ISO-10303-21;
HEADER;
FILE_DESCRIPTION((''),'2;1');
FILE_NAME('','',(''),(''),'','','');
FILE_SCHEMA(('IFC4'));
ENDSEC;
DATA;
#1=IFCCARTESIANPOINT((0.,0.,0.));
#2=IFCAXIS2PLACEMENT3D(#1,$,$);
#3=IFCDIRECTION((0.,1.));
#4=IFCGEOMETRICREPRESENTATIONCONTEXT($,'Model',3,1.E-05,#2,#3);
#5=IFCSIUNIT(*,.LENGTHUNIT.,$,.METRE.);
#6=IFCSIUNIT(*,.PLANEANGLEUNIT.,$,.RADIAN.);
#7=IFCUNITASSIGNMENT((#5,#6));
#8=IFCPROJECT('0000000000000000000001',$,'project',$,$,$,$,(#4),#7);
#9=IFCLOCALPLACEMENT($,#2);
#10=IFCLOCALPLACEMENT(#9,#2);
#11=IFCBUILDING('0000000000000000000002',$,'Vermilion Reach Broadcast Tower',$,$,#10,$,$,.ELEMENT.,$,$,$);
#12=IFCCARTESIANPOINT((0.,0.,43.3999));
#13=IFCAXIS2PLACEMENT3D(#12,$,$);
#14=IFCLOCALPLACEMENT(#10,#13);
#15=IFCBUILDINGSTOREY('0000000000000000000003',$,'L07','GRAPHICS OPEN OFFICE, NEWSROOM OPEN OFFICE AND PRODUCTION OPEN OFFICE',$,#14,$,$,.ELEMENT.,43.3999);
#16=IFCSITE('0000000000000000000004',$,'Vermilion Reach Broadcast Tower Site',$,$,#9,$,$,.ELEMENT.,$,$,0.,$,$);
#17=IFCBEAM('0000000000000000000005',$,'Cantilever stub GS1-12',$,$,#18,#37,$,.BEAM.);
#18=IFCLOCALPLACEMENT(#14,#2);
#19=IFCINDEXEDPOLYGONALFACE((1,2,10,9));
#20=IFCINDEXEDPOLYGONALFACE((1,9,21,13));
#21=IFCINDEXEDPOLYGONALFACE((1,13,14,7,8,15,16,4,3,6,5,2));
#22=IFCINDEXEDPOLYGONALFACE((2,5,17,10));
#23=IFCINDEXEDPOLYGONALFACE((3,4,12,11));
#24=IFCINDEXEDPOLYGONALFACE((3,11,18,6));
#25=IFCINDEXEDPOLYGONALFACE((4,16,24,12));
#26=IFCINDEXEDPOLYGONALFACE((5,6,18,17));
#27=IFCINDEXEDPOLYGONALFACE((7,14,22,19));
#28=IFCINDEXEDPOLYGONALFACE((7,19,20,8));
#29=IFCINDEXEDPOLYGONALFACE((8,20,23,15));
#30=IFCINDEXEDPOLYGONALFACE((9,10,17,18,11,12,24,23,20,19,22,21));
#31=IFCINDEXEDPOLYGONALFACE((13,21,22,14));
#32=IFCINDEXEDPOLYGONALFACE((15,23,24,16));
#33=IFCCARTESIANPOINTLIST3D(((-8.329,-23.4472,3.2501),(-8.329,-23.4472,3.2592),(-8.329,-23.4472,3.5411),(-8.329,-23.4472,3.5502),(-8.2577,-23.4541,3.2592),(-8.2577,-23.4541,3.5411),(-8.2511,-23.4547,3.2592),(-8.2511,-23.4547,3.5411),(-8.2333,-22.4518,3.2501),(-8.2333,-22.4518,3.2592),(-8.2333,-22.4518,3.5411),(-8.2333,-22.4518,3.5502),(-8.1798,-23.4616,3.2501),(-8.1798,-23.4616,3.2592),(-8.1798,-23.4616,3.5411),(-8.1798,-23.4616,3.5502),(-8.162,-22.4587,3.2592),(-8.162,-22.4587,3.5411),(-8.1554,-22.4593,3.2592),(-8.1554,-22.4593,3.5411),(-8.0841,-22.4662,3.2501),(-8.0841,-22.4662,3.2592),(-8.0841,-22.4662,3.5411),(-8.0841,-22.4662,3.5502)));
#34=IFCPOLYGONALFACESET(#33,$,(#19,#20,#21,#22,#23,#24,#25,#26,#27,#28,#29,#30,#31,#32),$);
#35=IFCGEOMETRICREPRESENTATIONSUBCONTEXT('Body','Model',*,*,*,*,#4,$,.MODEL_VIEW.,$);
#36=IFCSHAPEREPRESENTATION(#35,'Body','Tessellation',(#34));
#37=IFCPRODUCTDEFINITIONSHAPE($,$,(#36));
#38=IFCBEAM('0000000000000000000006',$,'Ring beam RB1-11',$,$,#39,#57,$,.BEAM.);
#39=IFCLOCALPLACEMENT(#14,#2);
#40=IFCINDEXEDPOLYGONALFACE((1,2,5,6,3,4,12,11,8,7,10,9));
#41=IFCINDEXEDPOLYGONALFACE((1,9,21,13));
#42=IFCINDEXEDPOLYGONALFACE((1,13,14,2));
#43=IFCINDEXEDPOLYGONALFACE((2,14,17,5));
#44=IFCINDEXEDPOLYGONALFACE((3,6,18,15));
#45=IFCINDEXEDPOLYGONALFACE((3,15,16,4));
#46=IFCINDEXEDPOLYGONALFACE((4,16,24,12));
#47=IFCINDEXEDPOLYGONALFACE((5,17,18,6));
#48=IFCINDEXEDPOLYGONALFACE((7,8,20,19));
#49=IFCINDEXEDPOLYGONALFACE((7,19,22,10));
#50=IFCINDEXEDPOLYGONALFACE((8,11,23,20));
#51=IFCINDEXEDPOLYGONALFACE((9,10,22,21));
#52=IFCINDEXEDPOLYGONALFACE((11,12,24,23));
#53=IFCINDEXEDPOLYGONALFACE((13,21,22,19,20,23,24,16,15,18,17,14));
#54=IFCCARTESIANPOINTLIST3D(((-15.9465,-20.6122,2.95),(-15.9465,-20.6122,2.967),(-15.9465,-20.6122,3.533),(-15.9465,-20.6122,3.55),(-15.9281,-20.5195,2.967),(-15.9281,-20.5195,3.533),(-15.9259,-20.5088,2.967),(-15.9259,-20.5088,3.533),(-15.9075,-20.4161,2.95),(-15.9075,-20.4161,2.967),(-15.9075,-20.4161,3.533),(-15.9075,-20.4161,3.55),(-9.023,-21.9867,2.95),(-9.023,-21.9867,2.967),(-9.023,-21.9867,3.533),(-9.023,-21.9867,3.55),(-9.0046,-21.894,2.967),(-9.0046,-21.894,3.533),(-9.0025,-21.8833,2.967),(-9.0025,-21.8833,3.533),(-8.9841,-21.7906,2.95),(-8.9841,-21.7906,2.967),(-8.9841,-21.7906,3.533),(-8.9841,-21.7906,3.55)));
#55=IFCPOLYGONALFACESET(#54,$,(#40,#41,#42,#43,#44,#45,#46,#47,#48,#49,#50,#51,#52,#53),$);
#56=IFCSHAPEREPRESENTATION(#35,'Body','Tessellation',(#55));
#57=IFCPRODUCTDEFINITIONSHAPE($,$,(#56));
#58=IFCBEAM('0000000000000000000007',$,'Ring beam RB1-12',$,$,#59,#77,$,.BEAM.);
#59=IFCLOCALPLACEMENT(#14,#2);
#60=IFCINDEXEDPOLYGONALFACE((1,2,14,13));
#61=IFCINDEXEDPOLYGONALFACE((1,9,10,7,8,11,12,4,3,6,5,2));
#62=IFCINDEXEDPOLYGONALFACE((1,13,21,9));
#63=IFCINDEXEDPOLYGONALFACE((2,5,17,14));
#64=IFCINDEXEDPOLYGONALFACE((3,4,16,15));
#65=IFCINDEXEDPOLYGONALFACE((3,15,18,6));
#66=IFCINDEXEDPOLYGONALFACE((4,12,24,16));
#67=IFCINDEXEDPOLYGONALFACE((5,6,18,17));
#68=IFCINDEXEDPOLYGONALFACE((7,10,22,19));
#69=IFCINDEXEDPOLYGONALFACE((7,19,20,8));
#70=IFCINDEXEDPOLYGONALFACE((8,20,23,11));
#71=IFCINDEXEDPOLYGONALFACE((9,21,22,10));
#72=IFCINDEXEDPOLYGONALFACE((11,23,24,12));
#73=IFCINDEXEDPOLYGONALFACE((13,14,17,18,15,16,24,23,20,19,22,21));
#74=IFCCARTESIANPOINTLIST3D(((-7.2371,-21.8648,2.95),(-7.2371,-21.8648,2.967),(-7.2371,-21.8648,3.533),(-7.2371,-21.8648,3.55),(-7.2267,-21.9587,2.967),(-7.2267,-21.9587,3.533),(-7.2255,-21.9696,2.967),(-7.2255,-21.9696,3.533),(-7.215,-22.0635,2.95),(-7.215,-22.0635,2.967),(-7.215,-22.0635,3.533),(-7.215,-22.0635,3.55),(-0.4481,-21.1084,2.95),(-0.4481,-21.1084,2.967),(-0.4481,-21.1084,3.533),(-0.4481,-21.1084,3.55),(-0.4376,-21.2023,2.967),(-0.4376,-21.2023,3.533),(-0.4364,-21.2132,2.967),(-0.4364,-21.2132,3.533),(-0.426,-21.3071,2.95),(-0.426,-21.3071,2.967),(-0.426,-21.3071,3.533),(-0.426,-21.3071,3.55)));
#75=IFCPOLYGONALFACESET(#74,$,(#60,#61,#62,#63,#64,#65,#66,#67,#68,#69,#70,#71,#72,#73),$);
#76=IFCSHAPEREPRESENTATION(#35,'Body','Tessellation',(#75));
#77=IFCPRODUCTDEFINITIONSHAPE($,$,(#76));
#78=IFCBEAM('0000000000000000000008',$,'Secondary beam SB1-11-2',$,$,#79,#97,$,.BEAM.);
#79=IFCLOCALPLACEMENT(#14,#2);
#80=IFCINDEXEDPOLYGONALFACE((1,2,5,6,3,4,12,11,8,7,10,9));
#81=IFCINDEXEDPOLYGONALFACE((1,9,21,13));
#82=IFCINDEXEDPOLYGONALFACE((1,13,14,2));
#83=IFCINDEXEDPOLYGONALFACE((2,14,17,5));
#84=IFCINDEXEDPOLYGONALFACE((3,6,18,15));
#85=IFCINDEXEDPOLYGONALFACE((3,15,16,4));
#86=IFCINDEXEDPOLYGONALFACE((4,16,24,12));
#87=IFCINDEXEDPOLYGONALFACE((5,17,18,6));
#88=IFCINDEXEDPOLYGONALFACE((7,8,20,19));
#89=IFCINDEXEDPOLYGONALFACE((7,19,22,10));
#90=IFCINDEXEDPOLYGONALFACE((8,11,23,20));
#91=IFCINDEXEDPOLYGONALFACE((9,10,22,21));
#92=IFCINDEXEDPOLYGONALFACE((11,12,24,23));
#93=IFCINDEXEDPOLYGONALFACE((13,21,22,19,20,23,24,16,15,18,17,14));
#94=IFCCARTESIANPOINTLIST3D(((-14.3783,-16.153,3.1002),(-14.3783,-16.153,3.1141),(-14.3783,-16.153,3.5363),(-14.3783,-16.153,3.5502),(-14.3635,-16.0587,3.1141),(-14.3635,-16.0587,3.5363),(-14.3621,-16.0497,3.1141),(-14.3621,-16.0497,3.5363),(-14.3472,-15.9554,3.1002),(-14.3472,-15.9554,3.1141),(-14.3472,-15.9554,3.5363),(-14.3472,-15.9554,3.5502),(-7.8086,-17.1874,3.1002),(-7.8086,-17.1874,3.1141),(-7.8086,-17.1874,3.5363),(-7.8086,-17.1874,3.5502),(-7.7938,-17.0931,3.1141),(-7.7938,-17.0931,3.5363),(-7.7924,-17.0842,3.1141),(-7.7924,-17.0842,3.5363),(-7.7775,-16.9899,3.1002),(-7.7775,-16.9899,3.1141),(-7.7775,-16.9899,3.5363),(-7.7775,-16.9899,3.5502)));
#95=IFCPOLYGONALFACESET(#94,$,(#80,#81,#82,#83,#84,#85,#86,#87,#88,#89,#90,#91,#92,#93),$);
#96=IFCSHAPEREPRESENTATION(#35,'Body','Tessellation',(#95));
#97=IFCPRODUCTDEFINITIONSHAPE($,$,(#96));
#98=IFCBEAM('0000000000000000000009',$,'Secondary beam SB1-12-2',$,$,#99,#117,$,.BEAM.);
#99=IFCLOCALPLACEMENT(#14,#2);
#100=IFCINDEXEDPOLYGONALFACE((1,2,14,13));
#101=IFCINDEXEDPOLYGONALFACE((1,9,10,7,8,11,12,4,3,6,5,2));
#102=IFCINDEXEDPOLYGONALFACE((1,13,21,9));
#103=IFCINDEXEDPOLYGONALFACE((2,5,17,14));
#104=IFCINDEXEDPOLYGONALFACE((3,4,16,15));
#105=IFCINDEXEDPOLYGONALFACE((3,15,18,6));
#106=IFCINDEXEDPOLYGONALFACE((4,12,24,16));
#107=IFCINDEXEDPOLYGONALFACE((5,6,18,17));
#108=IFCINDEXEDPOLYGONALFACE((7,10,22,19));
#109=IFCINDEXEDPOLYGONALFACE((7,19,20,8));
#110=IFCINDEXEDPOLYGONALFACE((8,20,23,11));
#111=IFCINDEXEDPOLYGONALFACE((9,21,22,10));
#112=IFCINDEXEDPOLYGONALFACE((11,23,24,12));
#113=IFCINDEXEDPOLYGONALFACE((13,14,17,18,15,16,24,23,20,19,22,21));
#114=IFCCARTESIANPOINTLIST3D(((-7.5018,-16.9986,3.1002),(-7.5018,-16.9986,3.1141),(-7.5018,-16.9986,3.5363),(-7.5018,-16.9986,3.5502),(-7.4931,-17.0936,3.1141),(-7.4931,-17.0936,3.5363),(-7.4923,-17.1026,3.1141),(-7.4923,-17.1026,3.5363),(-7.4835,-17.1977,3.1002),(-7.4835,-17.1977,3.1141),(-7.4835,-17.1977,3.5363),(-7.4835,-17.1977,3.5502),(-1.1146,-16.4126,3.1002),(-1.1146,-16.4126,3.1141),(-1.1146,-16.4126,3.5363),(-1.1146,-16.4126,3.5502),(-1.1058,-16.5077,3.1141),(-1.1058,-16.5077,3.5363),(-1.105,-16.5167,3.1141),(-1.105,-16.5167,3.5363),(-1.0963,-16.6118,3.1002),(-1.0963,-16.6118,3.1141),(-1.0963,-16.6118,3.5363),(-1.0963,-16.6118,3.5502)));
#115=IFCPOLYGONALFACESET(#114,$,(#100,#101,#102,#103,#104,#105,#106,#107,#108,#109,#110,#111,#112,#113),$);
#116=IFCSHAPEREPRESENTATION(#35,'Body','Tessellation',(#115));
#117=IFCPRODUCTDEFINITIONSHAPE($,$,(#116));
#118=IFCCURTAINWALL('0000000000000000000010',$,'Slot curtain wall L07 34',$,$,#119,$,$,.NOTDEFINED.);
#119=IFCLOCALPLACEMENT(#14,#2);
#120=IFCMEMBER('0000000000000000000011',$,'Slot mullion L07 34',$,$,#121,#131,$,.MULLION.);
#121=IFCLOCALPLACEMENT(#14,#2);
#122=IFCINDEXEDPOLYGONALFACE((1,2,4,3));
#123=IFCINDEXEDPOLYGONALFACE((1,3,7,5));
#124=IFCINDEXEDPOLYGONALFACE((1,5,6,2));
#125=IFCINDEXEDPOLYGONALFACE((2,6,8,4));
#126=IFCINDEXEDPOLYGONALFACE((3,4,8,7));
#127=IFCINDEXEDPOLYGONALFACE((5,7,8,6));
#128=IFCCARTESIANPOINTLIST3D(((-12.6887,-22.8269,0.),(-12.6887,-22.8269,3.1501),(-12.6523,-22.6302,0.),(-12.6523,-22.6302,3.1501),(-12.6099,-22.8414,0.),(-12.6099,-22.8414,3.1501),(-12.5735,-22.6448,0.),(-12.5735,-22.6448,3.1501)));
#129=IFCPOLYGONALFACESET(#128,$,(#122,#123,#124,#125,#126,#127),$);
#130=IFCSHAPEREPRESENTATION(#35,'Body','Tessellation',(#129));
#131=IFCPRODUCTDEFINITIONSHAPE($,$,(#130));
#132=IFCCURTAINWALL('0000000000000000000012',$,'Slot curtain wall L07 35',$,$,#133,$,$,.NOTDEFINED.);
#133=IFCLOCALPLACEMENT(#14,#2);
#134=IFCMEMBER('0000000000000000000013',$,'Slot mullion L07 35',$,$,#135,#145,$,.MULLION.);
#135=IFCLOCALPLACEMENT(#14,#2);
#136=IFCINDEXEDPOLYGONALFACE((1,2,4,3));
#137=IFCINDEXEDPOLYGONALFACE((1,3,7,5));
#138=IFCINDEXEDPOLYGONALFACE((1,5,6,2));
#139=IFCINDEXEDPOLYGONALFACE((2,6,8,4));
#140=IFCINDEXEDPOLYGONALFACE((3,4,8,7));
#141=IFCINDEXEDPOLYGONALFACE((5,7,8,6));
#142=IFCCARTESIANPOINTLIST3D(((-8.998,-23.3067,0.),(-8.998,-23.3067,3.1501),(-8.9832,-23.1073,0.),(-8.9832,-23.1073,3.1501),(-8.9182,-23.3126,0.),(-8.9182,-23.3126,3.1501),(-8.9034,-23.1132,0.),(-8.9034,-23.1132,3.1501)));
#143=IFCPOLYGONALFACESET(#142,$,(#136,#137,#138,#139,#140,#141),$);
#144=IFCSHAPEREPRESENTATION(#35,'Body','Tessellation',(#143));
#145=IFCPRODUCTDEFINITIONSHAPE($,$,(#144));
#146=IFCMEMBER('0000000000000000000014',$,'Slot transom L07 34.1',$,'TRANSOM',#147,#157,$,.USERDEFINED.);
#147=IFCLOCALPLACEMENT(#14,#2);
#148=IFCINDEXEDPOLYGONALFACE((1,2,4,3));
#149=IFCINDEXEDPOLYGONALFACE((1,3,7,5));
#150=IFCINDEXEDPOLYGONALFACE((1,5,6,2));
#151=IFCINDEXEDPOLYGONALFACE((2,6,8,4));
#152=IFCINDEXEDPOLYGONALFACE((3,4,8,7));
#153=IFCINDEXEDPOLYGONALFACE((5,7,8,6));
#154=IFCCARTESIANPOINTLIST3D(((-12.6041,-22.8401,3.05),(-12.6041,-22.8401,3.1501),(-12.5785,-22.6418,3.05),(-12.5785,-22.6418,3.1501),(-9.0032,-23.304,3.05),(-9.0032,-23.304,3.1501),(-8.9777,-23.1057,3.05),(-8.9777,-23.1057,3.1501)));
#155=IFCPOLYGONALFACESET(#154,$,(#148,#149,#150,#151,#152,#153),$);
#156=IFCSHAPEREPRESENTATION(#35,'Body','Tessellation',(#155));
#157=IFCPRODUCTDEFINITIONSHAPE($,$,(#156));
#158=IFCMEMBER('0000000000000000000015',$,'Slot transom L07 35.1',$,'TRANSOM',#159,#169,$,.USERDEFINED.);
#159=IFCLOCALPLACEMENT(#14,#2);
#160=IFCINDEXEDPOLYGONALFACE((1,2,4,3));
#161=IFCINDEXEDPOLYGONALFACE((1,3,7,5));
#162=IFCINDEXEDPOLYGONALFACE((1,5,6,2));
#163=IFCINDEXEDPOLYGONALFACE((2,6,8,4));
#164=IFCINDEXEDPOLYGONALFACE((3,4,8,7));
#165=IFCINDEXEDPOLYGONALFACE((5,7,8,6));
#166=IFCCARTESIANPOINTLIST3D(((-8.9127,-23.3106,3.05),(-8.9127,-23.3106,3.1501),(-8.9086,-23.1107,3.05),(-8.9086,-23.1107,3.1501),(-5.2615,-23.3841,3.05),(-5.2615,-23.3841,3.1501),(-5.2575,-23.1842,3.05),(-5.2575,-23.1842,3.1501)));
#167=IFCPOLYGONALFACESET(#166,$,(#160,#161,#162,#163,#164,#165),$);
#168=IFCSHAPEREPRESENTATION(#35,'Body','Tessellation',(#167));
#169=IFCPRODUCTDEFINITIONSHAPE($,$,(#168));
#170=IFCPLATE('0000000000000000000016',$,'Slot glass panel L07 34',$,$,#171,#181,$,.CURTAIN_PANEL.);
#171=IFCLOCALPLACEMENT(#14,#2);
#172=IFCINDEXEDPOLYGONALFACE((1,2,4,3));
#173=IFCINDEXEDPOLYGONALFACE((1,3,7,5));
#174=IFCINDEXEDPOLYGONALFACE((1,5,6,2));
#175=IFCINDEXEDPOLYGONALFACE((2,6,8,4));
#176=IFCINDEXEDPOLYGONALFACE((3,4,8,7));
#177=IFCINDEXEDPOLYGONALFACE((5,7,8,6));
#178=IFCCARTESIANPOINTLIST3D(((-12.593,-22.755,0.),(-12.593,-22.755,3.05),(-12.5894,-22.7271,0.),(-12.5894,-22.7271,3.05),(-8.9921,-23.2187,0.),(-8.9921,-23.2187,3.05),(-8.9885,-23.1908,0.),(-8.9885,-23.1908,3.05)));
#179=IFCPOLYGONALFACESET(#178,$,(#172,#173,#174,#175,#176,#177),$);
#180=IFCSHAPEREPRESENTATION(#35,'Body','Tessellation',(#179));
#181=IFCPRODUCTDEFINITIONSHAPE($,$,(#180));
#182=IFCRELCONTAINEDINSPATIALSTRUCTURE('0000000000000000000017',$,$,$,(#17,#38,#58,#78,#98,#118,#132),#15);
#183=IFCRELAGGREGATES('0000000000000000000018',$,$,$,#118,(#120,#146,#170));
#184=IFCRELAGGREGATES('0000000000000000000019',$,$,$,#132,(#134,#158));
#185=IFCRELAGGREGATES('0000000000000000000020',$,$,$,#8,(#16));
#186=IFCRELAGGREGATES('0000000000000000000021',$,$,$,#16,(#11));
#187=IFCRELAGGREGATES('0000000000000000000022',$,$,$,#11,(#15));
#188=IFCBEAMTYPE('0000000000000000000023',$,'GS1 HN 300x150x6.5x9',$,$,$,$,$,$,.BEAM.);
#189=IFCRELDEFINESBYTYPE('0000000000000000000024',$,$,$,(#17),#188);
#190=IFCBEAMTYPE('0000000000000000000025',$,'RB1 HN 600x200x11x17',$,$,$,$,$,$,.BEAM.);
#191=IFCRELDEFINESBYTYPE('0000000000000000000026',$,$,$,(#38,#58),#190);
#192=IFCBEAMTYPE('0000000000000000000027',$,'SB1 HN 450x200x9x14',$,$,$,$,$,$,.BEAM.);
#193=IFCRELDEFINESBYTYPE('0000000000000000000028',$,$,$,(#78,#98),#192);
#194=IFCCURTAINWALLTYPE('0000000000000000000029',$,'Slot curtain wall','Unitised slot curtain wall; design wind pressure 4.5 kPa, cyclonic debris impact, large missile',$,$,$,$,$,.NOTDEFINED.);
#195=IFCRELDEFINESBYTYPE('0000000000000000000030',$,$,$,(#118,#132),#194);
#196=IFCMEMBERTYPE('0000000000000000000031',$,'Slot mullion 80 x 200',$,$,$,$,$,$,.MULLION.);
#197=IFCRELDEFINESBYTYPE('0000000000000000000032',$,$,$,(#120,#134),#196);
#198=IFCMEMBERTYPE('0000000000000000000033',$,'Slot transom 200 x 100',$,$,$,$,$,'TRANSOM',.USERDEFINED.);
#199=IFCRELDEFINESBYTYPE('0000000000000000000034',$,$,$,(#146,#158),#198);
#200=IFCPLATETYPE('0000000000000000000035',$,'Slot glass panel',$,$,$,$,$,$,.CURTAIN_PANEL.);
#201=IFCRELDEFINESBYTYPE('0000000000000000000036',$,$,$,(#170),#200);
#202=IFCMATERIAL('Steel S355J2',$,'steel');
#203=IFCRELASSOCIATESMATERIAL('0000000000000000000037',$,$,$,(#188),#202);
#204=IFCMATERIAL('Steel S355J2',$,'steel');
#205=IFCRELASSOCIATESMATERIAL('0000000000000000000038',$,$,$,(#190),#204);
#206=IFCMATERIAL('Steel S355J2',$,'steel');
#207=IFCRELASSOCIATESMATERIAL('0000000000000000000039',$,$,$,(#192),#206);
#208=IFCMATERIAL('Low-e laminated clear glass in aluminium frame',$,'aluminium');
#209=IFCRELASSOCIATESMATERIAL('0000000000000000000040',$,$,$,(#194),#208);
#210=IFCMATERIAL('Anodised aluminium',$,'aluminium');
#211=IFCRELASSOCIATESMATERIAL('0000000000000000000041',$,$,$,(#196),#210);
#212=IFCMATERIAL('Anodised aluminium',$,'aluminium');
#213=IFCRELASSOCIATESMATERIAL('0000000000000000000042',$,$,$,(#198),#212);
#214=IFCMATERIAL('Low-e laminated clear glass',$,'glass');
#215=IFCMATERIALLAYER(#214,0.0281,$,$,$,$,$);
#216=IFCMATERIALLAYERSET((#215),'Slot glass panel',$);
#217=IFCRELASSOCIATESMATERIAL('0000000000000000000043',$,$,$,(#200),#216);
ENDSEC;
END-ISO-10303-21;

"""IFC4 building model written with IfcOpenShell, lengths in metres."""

from ifc_helpers import new_model, si_unit, direction, frame, origin, origin_2d, place, context, subcontext, project, spatial, rectangle, i_section, extrude, material, layer, layer_set, material_profile, profile_set, type_object, element, aggregate, save


model = new_model("IFC4")

# Units and contexts
model_context = context("Model", 3, precision=1e-05, world=origin(), true_north=direction((0.0, 1.0)))
body_context = subcontext(model_context, "Body", "Model", "MODEL_VIEW")
ifc_project = project(units=[si_unit("LENGTHUNIT", "METRE"), si_unit("PLANEANGLEUNIT", "RADIAN")], contexts=[model_context])

# Site, building, storey
site_placement = place(None, origin())
site = spatial("IfcSite", under=ifc_project, at=site_placement, Name="Vermilion Reach Broadcast Tower Site", CompositionType="ELEMENT", RefElevation=0.0)
building_placement = place(site_placement, origin())
building = spatial("IfcBuilding", under=site, at=building_placement, Name="Vermilion Reach Broadcast Tower", CompositionType="ELEMENT")
storey_placement = place(building_placement, frame((0.0, 0.0, 43.3999)))
storey = spatial("IfcBuildingStorey", under=building, at=storey_placement, Name="L07", Description="GRAPHICS OPEN OFFICE, NEWSROOM OPEN OFFICE AND PRODUCTION OPEN OFFICE", CompositionType="ELEMENT", Elevation=43.3999)

# Beams
ifc_material_1 = material(Name="Steel S355J2", Category="steel")
ifc_material_profile_1 = material_profile(ifc_material_1, i_section(OverallWidth=0.1499, OverallDepth=0.3, WebThickness=0.0066, FlangeThickness=0.009, at=origin_2d()), Name="S355J2 HN 300x150x6.5x9")
ifc_profile_set_1 = profile_set([ifc_material_profile_1], Name="Steel S355J2")
beam_type_1 = type_object("IfcBeamType", Name="GS1 HN 300x150x6.5x9", PredefinedType="BEAM", material=ifc_profile_set_1)
for number, where, z_axis, x_axis, name in (
    (1, (-8.1587, -22.459, 3.4001), (-0.095708, -0.995409, 0.0), (0.995409, -0.095708, 0.0), "Cantilever stub GS1-12"),
):
    element("IfcBeam", number, at=place(storey_placement, frame(where, z_axis=z_axis, x_axis=x_axis)), inside=storey, type_object=beam_type_1, Name=name, PredefinedType="BEAM", context=body_context, shape_type="SweptSolid", body=[
        extrude(i_section(OverallWidth=0.1499, OverallDepth=0.3, WebThickness=0.0066, FlangeThickness=0.009, at=origin_2d()), origin(), (0.0, 0.0, 1.0), 1.0),
    ])
ifc_material_2 = material(Name="Steel S355J2", Category="steel")
ifc_material_profile_2 = material_profile(ifc_material_2, i_section(OverallWidth=0.2, OverallDepth=0.6001, WebThickness=0.011, FlangeThickness=0.0171, at=origin_2d()), Name="S355J2 HN 600x200x11x17")
ifc_profile_set_2 = profile_set([ifc_material_profile_2], Name="Steel S355J2")
beam_type_2 = type_object("IfcBeamType", Name="RB1 HN 600x200x11x17", PredefinedType="BEAM", material=ifc_profile_set_2)
beam_1_placement = place(storey_placement, frame((-15.927, -20.5142, 3.25), z_axis=(0.980858, -0.194726, 0.0), x_axis=(0.194726, 0.980858, 0.0)))
element("IfcBeam", 2, at=beam_1_placement, inside=storey, type_object=beam_type_2, Name="Ring beam RB1-11", PredefinedType="BEAM", context=body_context, shape_type="SweptSolid", body=[
    extrude(i_section(OverallWidth=0.2, OverallDepth=0.6001, WebThickness=0.011, FlangeThickness=0.0171, at=origin_2d()), origin(), (0.0, 0.0, 1.0), 7.0586),
])
beam_2_placement = place(storey_placement, frame((-7.2261, -21.9641, 3.25), z_axis=(0.993851, 0.110722, 0.0), x_axis=(-0.110722, 0.993851, 0.0)))
element("IfcBeam", 3, at=beam_2_placement, inside=storey, type_object=beam_type_2, Name="Ring beam RB1-12", PredefinedType="BEAM", context=body_context, shape_type="SweptSolid", body=[
    extrude(i_section(OverallWidth=0.2, OverallDepth=0.6001, WebThickness=0.011, FlangeThickness=0.0171, at=origin_2d()), origin(), (0.0, 0.0, 1.0), 6.8311),
])
ifc_material_3 = material(Name="Steel S355J2", Category="steel")
ifc_material_profile_3 = material_profile(ifc_material_3, i_section(OverallWidth=0.2, OverallDepth=0.45, WebThickness=0.009, FlangeThickness=0.0139, at=origin_2d()), Name="S355J2 HN 450x200x9x14")
ifc_profile_set_3 = profile_set([ifc_material_profile_3], Name="Steel S355J2")
beam_type_3 = type_object("IfcBeamType", Name="SB1 HN 450x200x9x14", PredefinedType="BEAM", material=ifc_profile_set_3)
beam_3_placement = place(storey_placement, frame((-14.3628, -16.0542, 3.3252), z_axis=(0.98783, -0.15554, 0.0), x_axis=(0.15554, 0.98783, 0.0)))
element("IfcBeam", 4, at=beam_3_placement, inside=storey, type_object=beam_type_3, Name="Secondary beam SB1-11-2", PredefinedType="BEAM", context=body_context, shape_type="SweptSolid", body=[
    extrude(i_section(OverallWidth=0.2, OverallDepth=0.45, WebThickness=0.009, FlangeThickness=0.0139, at=origin_2d()), origin(), (0.0, 0.0, 1.0), 6.6506),
])
beam_4_placement = place(storey_placement, frame((-7.4927, -17.0981, 3.3252), z_axis=(0.995819, 0.091353, 0.0), x_axis=(-0.091353, 0.995819, 0.0)))
element("IfcBeam", 5, at=beam_4_placement, inside=storey, type_object=beam_type_3, Name="Secondary beam SB1-12-2", PredefinedType="BEAM", context=body_context, shape_type="SweptSolid", body=[
    extrude(i_section(OverallWidth=0.2, OverallDepth=0.45, WebThickness=0.009, FlangeThickness=0.0139, at=origin_2d()), origin(), (0.0, 0.0, 1.0), 6.4141),
])

# Curtain walls, members
ifc_material_4 = material(Name="Low-e laminated clear glass in aluminium frame", Category="aluminium")
curtain_wall_type = type_object("IfcCurtainWallType", Name="Slot curtain wall", Description="Unitised slot curtain wall; design wind pressure 4.5 kPa, cyclonic debris impact, large missile", PredefinedType="NOTDEFINED", material=ifc_material_4)
placement = place(storey_placement, origin())
curtain_wall_1 = element("IfcCurtainWall", 6, at=placement, inside=storey, type_object=curtain_wall_type, Name="Slot curtain wall L07 34", PredefinedType="NOTDEFINED")
ifc_material_5 = material(Name="Anodised aluminium", Category="aluminium")
ifc_material_profile_4 = material_profile(ifc_material_5, rectangle(XDim=0.2, YDim=0.0801, at=origin_2d()), Name="Slot mullion 80 x 200")
ifc_profile_set_4 = profile_set([ifc_material_profile_4], Name="Anodised aluminium")
member_type_1 = type_object("IfcMemberType", Name="Slot mullion 80 x 200", PredefinedType="MULLION", material=ifc_profile_set_4)
member_1_placement = place(storey_placement, frame((-12.6311, -22.7358, 0.0), z_axis=(0.0, 0.0, 1.0), x_axis=(0.181909, 0.983315, 0.0)))
member_1 = element("IfcMember", 7, at=member_1_placement, type_object=member_type_1, Name="Slot mullion L07 34", PredefinedType="MULLION", context=body_context, shape_type="SweptSolid", body=[
    extrude(rectangle(XDim=0.2, YDim=0.0801, at=origin_2d()), origin(), (0.0, 0.0, 1.0), 3.1501),
])
curtain_wall_2 = element("IfcCurtainWall", 8, at=placement, inside=storey, type_object=curtain_wall_type, Name="Slot curtain wall L07 35", PredefinedType="NOTDEFINED")
member_2_placement = place(storey_placement, frame((-8.9507, -23.21, 0.0), z_axis=(0.0, 0.0, 1.0), x_axis=(0.074038, 0.997255, 0.0)))
member_2 = element("IfcMember", 9, at=member_2_placement, type_object=member_type_1, Name="Slot mullion L07 35", PredefinedType="MULLION", context=body_context, shape_type="SweptSolid", body=[
    extrude(rectangle(XDim=0.2, YDim=0.0801, at=origin_2d()), origin(), (0.0, 0.0, 1.0), 3.1501),
])

# Members
ifc_material_6 = material(Name="Anodised aluminium", Category="aluminium")
ifc_material_profile_5 = material_profile(ifc_material_6, rectangle(XDim=0.2, YDim=0.1001, at=origin_2d()), Name="Slot transom 200 x 100")
ifc_profile_set_5 = profile_set([ifc_material_profile_5], Name="Anodised aluminium")
member_type_2 = type_object("IfcMemberType", Name="Slot transom 200 x 100", ElementType="TRANSOM", PredefinedType="USERDEFINED", material=ifc_profile_set_5)
member_3_placement = place(storey_placement, frame((-12.5913, -22.741, 3.1001), z_axis=(0.991804, -0.127767, 0.0), x_axis=(0.127767, 0.991804, 0.0)))
member_3 = element("IfcMember", 10, at=member_3_placement, type_object=member_type_2, Name="Slot transom L07 34.1", ObjectType="TRANSOM", PredefinedType="USERDEFINED", context=body_context, shape_type="SweptSolid", body=[
    extrude(rectangle(XDim=0.2, YDim=0.1001, at=origin_2d()), origin(), (0.0, 0.0, 1.0), 3.6306),
])
member_4_placement = place(storey_placement, frame((-8.9106, -23.2107, 3.1001), z_axis=(0.999798, -0.020123, 0.0), x_axis=(0.020123, 0.999798, 0.0)))
member_4 = element("IfcMember", 11, at=member_4_placement, type_object=member_type_2, Name="Slot transom L07 35.1", ObjectType="TRANSOM", PredefinedType="USERDEFINED", context=body_context, shape_type="SweptSolid", body=[
    extrude(rectangle(XDim=0.2, YDim=0.1001, at=origin_2d()), origin(), (0.0, 0.0, 1.0), 3.6519),
])

# Plate
ifc_material_7 = material(Name="Low-e laminated clear glass", Category="glass")
ifc_layer_1 = layer(ifc_material_7, 0.0281)
ifc_layer_set_1 = layer_set([ifc_layer_1], Name="Slot glass panel")
plate_type = type_object("IfcPlateType", Name="Slot glass panel", PredefinedType="CURTAIN_PANEL", material=ifc_layer_set_1)
plate_1_placement = place(storey_placement, frame((-10.7908, -22.9729, 0.0), z_axis=(0.0, 0.0, 1.0), x_axis=(0.991811, -0.127714, 0.0)))
plate_1 = element("IfcPlate", 12, at=plate_1_placement, type_object=plate_type, Name="Slot glass panel L07 34", PredefinedType="CURTAIN_PANEL", context=body_context, shape_type="SweptSolid", body=[
    extrude(rectangle(XDim=3.6306, YDim=0.0281, at=origin_2d()), origin(), (0.0, 0.0, 1.0), 3.05),
])
aggregate(curtain_wall_1, [member_1, member_3, plate_1])
aggregate(curtain_wall_2, [member_2, member_4])

save(model, "model.ifc")
